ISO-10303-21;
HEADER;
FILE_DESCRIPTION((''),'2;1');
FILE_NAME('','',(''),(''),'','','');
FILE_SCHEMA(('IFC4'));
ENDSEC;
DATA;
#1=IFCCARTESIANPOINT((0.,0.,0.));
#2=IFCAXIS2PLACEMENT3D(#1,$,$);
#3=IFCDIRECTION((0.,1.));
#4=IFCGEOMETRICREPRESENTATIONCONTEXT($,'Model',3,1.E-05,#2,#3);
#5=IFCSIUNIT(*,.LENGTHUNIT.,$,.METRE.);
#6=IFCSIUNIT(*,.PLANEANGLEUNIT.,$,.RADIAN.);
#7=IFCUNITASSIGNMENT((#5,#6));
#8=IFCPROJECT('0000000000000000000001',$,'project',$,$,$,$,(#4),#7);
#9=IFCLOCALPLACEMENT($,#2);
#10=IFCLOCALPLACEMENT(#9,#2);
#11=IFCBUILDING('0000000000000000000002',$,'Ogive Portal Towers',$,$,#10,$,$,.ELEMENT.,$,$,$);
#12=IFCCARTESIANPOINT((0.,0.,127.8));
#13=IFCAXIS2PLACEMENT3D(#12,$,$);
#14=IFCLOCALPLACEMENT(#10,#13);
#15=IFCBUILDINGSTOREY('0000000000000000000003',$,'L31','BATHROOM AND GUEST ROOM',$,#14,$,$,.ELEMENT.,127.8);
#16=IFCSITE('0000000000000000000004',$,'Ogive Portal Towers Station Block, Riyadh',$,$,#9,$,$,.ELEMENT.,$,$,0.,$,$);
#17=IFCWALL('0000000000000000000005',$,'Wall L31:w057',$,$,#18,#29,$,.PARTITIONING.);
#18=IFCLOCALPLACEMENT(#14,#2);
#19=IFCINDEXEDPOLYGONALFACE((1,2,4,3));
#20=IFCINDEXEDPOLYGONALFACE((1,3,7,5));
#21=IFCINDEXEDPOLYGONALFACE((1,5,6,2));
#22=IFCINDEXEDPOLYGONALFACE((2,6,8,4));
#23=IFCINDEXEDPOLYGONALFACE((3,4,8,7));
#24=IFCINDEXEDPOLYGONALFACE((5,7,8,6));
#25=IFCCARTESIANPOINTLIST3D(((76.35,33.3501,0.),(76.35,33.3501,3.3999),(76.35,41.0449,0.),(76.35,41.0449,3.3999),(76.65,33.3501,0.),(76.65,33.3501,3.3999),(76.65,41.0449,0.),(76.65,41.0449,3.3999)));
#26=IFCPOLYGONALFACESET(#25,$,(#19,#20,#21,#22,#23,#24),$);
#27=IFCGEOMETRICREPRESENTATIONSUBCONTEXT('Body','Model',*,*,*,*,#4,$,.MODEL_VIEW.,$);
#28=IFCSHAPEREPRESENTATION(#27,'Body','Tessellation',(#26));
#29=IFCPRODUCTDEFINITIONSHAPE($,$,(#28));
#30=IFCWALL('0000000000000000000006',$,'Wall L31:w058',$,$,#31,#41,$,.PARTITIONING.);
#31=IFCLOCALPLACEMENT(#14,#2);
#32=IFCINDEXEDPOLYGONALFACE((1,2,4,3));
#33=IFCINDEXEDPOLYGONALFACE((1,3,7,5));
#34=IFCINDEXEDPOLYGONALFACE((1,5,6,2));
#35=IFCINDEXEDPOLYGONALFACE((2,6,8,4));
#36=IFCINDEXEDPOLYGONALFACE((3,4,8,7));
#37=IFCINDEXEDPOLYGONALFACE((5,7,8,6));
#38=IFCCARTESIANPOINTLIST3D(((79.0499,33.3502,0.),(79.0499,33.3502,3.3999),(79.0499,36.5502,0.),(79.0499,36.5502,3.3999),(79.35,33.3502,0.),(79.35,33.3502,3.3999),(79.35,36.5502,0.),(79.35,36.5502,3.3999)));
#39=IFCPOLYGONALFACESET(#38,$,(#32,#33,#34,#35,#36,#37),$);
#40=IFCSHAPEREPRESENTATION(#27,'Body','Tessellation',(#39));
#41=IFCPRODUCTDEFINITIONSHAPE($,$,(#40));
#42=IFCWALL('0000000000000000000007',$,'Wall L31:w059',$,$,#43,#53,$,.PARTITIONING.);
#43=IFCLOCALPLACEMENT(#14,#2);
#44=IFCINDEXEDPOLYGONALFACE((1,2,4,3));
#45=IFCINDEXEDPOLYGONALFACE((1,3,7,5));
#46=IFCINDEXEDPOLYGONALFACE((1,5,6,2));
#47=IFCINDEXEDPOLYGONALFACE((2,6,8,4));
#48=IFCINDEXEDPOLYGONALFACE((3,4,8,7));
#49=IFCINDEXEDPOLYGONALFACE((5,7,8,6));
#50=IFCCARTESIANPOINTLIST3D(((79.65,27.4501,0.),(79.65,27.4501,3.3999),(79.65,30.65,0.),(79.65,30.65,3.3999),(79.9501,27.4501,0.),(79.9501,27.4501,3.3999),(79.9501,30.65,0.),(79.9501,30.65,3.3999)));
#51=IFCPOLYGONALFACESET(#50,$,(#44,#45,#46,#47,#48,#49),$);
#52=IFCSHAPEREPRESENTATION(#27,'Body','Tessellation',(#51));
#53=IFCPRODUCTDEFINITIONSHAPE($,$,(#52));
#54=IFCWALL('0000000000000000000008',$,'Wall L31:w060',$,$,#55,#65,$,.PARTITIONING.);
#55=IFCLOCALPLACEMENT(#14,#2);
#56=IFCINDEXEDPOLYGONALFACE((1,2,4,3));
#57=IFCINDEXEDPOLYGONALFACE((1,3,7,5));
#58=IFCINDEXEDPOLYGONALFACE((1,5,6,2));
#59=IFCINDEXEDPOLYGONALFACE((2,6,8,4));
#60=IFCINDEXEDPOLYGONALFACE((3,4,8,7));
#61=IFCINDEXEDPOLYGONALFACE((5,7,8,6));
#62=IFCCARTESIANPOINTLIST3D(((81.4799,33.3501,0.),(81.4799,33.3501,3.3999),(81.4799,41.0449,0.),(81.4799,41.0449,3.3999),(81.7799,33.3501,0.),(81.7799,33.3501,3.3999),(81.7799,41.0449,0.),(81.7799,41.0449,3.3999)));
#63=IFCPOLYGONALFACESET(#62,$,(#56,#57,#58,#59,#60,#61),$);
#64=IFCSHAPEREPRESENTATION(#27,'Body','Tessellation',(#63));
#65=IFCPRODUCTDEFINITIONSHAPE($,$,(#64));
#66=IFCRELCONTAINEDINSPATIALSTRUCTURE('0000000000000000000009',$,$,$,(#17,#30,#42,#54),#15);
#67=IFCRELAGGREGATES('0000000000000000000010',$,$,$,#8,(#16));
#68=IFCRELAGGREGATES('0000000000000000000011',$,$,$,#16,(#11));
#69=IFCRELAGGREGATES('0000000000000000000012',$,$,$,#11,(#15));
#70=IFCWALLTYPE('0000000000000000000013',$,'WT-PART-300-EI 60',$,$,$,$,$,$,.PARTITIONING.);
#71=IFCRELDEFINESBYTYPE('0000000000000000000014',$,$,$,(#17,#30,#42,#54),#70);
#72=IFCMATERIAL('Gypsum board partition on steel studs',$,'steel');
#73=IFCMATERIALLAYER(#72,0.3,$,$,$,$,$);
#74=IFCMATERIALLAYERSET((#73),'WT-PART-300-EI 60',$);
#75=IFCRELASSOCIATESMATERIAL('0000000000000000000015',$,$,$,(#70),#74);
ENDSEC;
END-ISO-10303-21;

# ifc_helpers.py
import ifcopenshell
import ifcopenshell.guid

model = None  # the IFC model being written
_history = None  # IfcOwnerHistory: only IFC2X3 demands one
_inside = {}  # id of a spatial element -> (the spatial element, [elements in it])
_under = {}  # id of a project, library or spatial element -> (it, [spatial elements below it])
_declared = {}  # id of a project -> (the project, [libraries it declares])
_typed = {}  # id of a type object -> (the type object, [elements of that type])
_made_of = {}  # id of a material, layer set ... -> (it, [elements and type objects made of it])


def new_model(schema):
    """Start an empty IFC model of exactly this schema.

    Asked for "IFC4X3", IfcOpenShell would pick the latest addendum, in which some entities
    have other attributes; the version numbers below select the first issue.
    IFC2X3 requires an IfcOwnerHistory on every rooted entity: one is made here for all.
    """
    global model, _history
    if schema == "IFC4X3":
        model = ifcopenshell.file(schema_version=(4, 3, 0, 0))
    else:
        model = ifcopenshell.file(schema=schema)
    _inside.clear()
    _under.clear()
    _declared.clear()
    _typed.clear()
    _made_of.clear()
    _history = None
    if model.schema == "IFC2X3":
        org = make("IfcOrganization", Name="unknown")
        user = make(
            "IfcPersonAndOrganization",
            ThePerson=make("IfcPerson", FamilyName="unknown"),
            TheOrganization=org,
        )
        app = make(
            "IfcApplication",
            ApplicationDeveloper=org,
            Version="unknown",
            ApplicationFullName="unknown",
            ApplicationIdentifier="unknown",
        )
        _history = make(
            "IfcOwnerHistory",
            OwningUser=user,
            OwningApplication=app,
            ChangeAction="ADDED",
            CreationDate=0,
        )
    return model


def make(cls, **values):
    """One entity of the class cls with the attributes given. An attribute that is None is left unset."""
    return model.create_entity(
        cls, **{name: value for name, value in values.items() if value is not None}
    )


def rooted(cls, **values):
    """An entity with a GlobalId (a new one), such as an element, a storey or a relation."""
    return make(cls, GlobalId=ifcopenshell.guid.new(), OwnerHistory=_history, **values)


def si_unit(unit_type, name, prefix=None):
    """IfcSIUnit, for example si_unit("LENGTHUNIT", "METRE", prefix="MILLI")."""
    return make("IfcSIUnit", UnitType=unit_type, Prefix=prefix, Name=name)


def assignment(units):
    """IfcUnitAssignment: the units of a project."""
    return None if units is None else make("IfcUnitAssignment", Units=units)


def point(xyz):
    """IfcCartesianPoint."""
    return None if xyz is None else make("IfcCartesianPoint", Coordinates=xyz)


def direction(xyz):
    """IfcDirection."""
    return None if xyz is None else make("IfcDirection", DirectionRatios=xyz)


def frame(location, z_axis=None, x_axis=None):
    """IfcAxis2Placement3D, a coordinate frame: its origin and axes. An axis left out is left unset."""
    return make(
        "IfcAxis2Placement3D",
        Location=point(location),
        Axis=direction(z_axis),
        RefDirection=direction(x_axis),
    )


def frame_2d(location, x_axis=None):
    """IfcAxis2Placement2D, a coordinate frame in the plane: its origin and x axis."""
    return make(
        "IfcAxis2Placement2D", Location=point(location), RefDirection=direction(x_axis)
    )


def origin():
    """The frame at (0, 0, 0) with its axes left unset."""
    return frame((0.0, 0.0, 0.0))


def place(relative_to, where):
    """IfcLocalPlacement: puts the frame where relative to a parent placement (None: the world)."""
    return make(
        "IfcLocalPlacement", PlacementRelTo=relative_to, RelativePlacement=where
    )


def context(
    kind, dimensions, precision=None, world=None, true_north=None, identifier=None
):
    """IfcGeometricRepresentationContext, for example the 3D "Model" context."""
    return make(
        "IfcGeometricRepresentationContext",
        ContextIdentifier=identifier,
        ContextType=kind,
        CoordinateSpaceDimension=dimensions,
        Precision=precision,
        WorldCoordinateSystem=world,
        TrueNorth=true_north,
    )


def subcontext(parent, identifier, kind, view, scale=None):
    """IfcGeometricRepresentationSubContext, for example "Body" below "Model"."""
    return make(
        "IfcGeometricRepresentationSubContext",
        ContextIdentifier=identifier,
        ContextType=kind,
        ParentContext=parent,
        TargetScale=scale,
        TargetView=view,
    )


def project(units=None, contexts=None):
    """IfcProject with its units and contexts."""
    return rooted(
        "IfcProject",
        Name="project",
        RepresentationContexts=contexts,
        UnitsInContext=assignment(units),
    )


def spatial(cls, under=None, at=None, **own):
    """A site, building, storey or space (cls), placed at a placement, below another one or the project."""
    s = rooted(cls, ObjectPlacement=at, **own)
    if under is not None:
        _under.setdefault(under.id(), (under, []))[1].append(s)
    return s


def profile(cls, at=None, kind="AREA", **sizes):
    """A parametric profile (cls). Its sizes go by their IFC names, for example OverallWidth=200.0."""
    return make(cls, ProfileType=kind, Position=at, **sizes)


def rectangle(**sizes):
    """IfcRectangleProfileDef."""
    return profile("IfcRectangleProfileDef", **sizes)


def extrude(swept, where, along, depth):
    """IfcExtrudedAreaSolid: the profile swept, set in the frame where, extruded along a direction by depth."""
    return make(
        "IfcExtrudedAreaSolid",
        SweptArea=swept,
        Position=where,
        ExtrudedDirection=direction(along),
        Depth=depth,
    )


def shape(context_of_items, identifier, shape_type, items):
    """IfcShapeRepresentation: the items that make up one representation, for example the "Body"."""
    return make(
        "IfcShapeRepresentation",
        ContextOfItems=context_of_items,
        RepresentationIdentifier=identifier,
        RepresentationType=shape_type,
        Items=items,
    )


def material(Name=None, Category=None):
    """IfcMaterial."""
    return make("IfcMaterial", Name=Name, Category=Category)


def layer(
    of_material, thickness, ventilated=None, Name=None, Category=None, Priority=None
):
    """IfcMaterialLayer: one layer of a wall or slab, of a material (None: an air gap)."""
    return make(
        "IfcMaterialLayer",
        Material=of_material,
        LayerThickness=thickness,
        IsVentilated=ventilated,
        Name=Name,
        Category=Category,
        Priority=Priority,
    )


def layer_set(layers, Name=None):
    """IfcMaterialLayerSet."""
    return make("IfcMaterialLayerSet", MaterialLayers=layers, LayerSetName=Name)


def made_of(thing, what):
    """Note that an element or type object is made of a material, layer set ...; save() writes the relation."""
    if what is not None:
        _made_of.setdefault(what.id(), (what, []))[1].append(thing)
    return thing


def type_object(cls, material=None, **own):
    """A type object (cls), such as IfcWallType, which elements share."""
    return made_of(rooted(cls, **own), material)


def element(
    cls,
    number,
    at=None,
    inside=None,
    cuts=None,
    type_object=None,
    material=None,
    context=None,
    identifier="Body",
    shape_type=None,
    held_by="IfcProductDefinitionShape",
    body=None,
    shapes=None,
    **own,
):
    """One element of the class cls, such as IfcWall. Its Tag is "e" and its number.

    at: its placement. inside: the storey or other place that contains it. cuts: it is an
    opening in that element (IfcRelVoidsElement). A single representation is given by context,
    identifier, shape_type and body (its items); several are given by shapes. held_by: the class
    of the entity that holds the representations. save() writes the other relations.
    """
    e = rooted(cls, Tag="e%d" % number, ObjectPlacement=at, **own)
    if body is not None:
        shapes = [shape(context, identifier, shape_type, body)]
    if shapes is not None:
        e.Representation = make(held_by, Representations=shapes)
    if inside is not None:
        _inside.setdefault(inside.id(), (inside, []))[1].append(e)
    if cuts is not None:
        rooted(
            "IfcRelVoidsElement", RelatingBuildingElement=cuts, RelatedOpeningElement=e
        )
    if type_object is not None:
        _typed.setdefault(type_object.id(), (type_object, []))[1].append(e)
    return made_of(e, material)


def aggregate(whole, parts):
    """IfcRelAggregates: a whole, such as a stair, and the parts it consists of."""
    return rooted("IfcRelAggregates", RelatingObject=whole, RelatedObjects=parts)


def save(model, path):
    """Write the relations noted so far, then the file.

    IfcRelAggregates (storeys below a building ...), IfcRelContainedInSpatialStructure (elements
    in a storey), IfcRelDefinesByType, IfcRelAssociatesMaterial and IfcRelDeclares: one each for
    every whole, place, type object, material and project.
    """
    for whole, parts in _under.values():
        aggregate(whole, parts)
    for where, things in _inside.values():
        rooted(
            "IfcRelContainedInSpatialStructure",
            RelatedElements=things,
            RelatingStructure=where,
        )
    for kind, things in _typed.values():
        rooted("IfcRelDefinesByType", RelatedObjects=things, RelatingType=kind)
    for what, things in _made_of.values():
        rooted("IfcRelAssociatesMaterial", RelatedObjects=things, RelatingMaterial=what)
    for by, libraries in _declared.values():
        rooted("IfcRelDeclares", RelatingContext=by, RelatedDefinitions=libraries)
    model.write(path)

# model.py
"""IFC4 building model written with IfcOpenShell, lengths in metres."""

from ifc_helpers import new_model, si_unit, direction, frame, frame_2d, origin, place, context, subcontext, project, spatial, rectangle, extrude, material, layer, layer_set, type_object, element, save


model = new_model("IFC4")

# Units and contexts
model_context = context("Model", 3, precision=1e-05, world=origin(), true_north=direction((0.0, 1.0)))
body_context = subcontext(model_context, "Body", "Model", "MODEL_VIEW")
ifc_project = project(units=[si_unit("LENGTHUNIT", "METRE"), si_unit("PLANEANGLEUNIT", "RADIAN")], contexts=[model_context])

# Site, building, storey
site_placement = place(None, origin())
site = spatial("IfcSite", under=ifc_project, at=site_placement, Name="Ogive Portal Towers Station Block, Riyadh", CompositionType="ELEMENT", RefElevation=0.0)
building_placement = place(site_placement, origin())
building = spatial("IfcBuilding", under=site, at=building_placement, Name="Ogive Portal Towers", CompositionType="ELEMENT")
storey_placement = place(building_placement, frame((0.0, 0.0, 127.8)))
storey = spatial("IfcBuildingStorey", under=building, at=storey_placement, Name="L31", Description="BATHROOM AND GUEST ROOM", CompositionType="ELEMENT", Elevation=127.8)

# Shared definitions
ifc_material_1 = material(Name="Gypsum board partition on steel studs", Category="steel")
ifc_layer = layer(ifc_material_1, 0.3)
ifc_layer_set = layer_set([ifc_layer], Name="WT-PART-300-EI 60")
wall_type = type_object("IfcWallType", Name="WT-PART-300-EI 60", PredefinedType="PARTITIONING", material=ifc_layer_set)

# Walls
wall_1_placement = place(storey_placement, frame((76.5, 33.3501, 0.0), z_axis=(0.0, 0.0, 1.0), x_axis=(0.0, 1.0, 0.0)))
element("IfcWall", 1, at=wall_1_placement, inside=storey, type_object=wall_type, Name="Wall L31:w057", PredefinedType="PARTITIONING", context=body_context, shape_type="SweptSolid", body=[
    extrude(rectangle(XDim=7.6948, YDim=0.3, at=frame_2d((3.8474, 0.0))), origin(), (0.0, 0.0, 1.0), 3.3999),
])
for number, where, z_axis, x_axis, name in (
    (2, (79.2, 33.3501, 0.0), (0.0, 0.0, 1.0), (0.0, 1.0, 0.0), "Wall L31:w058"),
    (3, (79.8, 27.45, 0.0), (0.0, 0.0, 1.0), (0.0, 1.0, 0.0), "Wall L31:w059"),
):
    element("IfcWall", number, at=place(storey_placement, frame(where, z_axis=z_axis, x_axis=x_axis)), inside=storey, type_object=wall_type, Name=name, PredefinedType="PARTITIONING", context=body_context, shape_type="SweptSolid", body=[
        extrude(rectangle(XDim=3.2, YDim=0.3, at=frame_2d((1.6001, 0.0))), origin(), (0.0, 0.0, 1.0), 3.3999),
    ])
wall_2_placement = place(storey_placement, frame((81.6299, 33.3501, 0.0), z_axis=(0.0, 0.0, 1.0), x_axis=(0.0, 1.0, 0.0)))
element("IfcWall", 4, at=wall_2_placement, inside=storey, type_object=wall_type, Name="Wall L31:w060", PredefinedType="PARTITIONING", context=body_context, shape_type="SweptSolid", body=[
    extrude(rectangle(XDim=7.6948, YDim=0.3, at=frame_2d((3.8474, 0.0))), origin(), (0.0, 0.0, 1.0), 3.3999),
])

save(model, "model.ifc")
